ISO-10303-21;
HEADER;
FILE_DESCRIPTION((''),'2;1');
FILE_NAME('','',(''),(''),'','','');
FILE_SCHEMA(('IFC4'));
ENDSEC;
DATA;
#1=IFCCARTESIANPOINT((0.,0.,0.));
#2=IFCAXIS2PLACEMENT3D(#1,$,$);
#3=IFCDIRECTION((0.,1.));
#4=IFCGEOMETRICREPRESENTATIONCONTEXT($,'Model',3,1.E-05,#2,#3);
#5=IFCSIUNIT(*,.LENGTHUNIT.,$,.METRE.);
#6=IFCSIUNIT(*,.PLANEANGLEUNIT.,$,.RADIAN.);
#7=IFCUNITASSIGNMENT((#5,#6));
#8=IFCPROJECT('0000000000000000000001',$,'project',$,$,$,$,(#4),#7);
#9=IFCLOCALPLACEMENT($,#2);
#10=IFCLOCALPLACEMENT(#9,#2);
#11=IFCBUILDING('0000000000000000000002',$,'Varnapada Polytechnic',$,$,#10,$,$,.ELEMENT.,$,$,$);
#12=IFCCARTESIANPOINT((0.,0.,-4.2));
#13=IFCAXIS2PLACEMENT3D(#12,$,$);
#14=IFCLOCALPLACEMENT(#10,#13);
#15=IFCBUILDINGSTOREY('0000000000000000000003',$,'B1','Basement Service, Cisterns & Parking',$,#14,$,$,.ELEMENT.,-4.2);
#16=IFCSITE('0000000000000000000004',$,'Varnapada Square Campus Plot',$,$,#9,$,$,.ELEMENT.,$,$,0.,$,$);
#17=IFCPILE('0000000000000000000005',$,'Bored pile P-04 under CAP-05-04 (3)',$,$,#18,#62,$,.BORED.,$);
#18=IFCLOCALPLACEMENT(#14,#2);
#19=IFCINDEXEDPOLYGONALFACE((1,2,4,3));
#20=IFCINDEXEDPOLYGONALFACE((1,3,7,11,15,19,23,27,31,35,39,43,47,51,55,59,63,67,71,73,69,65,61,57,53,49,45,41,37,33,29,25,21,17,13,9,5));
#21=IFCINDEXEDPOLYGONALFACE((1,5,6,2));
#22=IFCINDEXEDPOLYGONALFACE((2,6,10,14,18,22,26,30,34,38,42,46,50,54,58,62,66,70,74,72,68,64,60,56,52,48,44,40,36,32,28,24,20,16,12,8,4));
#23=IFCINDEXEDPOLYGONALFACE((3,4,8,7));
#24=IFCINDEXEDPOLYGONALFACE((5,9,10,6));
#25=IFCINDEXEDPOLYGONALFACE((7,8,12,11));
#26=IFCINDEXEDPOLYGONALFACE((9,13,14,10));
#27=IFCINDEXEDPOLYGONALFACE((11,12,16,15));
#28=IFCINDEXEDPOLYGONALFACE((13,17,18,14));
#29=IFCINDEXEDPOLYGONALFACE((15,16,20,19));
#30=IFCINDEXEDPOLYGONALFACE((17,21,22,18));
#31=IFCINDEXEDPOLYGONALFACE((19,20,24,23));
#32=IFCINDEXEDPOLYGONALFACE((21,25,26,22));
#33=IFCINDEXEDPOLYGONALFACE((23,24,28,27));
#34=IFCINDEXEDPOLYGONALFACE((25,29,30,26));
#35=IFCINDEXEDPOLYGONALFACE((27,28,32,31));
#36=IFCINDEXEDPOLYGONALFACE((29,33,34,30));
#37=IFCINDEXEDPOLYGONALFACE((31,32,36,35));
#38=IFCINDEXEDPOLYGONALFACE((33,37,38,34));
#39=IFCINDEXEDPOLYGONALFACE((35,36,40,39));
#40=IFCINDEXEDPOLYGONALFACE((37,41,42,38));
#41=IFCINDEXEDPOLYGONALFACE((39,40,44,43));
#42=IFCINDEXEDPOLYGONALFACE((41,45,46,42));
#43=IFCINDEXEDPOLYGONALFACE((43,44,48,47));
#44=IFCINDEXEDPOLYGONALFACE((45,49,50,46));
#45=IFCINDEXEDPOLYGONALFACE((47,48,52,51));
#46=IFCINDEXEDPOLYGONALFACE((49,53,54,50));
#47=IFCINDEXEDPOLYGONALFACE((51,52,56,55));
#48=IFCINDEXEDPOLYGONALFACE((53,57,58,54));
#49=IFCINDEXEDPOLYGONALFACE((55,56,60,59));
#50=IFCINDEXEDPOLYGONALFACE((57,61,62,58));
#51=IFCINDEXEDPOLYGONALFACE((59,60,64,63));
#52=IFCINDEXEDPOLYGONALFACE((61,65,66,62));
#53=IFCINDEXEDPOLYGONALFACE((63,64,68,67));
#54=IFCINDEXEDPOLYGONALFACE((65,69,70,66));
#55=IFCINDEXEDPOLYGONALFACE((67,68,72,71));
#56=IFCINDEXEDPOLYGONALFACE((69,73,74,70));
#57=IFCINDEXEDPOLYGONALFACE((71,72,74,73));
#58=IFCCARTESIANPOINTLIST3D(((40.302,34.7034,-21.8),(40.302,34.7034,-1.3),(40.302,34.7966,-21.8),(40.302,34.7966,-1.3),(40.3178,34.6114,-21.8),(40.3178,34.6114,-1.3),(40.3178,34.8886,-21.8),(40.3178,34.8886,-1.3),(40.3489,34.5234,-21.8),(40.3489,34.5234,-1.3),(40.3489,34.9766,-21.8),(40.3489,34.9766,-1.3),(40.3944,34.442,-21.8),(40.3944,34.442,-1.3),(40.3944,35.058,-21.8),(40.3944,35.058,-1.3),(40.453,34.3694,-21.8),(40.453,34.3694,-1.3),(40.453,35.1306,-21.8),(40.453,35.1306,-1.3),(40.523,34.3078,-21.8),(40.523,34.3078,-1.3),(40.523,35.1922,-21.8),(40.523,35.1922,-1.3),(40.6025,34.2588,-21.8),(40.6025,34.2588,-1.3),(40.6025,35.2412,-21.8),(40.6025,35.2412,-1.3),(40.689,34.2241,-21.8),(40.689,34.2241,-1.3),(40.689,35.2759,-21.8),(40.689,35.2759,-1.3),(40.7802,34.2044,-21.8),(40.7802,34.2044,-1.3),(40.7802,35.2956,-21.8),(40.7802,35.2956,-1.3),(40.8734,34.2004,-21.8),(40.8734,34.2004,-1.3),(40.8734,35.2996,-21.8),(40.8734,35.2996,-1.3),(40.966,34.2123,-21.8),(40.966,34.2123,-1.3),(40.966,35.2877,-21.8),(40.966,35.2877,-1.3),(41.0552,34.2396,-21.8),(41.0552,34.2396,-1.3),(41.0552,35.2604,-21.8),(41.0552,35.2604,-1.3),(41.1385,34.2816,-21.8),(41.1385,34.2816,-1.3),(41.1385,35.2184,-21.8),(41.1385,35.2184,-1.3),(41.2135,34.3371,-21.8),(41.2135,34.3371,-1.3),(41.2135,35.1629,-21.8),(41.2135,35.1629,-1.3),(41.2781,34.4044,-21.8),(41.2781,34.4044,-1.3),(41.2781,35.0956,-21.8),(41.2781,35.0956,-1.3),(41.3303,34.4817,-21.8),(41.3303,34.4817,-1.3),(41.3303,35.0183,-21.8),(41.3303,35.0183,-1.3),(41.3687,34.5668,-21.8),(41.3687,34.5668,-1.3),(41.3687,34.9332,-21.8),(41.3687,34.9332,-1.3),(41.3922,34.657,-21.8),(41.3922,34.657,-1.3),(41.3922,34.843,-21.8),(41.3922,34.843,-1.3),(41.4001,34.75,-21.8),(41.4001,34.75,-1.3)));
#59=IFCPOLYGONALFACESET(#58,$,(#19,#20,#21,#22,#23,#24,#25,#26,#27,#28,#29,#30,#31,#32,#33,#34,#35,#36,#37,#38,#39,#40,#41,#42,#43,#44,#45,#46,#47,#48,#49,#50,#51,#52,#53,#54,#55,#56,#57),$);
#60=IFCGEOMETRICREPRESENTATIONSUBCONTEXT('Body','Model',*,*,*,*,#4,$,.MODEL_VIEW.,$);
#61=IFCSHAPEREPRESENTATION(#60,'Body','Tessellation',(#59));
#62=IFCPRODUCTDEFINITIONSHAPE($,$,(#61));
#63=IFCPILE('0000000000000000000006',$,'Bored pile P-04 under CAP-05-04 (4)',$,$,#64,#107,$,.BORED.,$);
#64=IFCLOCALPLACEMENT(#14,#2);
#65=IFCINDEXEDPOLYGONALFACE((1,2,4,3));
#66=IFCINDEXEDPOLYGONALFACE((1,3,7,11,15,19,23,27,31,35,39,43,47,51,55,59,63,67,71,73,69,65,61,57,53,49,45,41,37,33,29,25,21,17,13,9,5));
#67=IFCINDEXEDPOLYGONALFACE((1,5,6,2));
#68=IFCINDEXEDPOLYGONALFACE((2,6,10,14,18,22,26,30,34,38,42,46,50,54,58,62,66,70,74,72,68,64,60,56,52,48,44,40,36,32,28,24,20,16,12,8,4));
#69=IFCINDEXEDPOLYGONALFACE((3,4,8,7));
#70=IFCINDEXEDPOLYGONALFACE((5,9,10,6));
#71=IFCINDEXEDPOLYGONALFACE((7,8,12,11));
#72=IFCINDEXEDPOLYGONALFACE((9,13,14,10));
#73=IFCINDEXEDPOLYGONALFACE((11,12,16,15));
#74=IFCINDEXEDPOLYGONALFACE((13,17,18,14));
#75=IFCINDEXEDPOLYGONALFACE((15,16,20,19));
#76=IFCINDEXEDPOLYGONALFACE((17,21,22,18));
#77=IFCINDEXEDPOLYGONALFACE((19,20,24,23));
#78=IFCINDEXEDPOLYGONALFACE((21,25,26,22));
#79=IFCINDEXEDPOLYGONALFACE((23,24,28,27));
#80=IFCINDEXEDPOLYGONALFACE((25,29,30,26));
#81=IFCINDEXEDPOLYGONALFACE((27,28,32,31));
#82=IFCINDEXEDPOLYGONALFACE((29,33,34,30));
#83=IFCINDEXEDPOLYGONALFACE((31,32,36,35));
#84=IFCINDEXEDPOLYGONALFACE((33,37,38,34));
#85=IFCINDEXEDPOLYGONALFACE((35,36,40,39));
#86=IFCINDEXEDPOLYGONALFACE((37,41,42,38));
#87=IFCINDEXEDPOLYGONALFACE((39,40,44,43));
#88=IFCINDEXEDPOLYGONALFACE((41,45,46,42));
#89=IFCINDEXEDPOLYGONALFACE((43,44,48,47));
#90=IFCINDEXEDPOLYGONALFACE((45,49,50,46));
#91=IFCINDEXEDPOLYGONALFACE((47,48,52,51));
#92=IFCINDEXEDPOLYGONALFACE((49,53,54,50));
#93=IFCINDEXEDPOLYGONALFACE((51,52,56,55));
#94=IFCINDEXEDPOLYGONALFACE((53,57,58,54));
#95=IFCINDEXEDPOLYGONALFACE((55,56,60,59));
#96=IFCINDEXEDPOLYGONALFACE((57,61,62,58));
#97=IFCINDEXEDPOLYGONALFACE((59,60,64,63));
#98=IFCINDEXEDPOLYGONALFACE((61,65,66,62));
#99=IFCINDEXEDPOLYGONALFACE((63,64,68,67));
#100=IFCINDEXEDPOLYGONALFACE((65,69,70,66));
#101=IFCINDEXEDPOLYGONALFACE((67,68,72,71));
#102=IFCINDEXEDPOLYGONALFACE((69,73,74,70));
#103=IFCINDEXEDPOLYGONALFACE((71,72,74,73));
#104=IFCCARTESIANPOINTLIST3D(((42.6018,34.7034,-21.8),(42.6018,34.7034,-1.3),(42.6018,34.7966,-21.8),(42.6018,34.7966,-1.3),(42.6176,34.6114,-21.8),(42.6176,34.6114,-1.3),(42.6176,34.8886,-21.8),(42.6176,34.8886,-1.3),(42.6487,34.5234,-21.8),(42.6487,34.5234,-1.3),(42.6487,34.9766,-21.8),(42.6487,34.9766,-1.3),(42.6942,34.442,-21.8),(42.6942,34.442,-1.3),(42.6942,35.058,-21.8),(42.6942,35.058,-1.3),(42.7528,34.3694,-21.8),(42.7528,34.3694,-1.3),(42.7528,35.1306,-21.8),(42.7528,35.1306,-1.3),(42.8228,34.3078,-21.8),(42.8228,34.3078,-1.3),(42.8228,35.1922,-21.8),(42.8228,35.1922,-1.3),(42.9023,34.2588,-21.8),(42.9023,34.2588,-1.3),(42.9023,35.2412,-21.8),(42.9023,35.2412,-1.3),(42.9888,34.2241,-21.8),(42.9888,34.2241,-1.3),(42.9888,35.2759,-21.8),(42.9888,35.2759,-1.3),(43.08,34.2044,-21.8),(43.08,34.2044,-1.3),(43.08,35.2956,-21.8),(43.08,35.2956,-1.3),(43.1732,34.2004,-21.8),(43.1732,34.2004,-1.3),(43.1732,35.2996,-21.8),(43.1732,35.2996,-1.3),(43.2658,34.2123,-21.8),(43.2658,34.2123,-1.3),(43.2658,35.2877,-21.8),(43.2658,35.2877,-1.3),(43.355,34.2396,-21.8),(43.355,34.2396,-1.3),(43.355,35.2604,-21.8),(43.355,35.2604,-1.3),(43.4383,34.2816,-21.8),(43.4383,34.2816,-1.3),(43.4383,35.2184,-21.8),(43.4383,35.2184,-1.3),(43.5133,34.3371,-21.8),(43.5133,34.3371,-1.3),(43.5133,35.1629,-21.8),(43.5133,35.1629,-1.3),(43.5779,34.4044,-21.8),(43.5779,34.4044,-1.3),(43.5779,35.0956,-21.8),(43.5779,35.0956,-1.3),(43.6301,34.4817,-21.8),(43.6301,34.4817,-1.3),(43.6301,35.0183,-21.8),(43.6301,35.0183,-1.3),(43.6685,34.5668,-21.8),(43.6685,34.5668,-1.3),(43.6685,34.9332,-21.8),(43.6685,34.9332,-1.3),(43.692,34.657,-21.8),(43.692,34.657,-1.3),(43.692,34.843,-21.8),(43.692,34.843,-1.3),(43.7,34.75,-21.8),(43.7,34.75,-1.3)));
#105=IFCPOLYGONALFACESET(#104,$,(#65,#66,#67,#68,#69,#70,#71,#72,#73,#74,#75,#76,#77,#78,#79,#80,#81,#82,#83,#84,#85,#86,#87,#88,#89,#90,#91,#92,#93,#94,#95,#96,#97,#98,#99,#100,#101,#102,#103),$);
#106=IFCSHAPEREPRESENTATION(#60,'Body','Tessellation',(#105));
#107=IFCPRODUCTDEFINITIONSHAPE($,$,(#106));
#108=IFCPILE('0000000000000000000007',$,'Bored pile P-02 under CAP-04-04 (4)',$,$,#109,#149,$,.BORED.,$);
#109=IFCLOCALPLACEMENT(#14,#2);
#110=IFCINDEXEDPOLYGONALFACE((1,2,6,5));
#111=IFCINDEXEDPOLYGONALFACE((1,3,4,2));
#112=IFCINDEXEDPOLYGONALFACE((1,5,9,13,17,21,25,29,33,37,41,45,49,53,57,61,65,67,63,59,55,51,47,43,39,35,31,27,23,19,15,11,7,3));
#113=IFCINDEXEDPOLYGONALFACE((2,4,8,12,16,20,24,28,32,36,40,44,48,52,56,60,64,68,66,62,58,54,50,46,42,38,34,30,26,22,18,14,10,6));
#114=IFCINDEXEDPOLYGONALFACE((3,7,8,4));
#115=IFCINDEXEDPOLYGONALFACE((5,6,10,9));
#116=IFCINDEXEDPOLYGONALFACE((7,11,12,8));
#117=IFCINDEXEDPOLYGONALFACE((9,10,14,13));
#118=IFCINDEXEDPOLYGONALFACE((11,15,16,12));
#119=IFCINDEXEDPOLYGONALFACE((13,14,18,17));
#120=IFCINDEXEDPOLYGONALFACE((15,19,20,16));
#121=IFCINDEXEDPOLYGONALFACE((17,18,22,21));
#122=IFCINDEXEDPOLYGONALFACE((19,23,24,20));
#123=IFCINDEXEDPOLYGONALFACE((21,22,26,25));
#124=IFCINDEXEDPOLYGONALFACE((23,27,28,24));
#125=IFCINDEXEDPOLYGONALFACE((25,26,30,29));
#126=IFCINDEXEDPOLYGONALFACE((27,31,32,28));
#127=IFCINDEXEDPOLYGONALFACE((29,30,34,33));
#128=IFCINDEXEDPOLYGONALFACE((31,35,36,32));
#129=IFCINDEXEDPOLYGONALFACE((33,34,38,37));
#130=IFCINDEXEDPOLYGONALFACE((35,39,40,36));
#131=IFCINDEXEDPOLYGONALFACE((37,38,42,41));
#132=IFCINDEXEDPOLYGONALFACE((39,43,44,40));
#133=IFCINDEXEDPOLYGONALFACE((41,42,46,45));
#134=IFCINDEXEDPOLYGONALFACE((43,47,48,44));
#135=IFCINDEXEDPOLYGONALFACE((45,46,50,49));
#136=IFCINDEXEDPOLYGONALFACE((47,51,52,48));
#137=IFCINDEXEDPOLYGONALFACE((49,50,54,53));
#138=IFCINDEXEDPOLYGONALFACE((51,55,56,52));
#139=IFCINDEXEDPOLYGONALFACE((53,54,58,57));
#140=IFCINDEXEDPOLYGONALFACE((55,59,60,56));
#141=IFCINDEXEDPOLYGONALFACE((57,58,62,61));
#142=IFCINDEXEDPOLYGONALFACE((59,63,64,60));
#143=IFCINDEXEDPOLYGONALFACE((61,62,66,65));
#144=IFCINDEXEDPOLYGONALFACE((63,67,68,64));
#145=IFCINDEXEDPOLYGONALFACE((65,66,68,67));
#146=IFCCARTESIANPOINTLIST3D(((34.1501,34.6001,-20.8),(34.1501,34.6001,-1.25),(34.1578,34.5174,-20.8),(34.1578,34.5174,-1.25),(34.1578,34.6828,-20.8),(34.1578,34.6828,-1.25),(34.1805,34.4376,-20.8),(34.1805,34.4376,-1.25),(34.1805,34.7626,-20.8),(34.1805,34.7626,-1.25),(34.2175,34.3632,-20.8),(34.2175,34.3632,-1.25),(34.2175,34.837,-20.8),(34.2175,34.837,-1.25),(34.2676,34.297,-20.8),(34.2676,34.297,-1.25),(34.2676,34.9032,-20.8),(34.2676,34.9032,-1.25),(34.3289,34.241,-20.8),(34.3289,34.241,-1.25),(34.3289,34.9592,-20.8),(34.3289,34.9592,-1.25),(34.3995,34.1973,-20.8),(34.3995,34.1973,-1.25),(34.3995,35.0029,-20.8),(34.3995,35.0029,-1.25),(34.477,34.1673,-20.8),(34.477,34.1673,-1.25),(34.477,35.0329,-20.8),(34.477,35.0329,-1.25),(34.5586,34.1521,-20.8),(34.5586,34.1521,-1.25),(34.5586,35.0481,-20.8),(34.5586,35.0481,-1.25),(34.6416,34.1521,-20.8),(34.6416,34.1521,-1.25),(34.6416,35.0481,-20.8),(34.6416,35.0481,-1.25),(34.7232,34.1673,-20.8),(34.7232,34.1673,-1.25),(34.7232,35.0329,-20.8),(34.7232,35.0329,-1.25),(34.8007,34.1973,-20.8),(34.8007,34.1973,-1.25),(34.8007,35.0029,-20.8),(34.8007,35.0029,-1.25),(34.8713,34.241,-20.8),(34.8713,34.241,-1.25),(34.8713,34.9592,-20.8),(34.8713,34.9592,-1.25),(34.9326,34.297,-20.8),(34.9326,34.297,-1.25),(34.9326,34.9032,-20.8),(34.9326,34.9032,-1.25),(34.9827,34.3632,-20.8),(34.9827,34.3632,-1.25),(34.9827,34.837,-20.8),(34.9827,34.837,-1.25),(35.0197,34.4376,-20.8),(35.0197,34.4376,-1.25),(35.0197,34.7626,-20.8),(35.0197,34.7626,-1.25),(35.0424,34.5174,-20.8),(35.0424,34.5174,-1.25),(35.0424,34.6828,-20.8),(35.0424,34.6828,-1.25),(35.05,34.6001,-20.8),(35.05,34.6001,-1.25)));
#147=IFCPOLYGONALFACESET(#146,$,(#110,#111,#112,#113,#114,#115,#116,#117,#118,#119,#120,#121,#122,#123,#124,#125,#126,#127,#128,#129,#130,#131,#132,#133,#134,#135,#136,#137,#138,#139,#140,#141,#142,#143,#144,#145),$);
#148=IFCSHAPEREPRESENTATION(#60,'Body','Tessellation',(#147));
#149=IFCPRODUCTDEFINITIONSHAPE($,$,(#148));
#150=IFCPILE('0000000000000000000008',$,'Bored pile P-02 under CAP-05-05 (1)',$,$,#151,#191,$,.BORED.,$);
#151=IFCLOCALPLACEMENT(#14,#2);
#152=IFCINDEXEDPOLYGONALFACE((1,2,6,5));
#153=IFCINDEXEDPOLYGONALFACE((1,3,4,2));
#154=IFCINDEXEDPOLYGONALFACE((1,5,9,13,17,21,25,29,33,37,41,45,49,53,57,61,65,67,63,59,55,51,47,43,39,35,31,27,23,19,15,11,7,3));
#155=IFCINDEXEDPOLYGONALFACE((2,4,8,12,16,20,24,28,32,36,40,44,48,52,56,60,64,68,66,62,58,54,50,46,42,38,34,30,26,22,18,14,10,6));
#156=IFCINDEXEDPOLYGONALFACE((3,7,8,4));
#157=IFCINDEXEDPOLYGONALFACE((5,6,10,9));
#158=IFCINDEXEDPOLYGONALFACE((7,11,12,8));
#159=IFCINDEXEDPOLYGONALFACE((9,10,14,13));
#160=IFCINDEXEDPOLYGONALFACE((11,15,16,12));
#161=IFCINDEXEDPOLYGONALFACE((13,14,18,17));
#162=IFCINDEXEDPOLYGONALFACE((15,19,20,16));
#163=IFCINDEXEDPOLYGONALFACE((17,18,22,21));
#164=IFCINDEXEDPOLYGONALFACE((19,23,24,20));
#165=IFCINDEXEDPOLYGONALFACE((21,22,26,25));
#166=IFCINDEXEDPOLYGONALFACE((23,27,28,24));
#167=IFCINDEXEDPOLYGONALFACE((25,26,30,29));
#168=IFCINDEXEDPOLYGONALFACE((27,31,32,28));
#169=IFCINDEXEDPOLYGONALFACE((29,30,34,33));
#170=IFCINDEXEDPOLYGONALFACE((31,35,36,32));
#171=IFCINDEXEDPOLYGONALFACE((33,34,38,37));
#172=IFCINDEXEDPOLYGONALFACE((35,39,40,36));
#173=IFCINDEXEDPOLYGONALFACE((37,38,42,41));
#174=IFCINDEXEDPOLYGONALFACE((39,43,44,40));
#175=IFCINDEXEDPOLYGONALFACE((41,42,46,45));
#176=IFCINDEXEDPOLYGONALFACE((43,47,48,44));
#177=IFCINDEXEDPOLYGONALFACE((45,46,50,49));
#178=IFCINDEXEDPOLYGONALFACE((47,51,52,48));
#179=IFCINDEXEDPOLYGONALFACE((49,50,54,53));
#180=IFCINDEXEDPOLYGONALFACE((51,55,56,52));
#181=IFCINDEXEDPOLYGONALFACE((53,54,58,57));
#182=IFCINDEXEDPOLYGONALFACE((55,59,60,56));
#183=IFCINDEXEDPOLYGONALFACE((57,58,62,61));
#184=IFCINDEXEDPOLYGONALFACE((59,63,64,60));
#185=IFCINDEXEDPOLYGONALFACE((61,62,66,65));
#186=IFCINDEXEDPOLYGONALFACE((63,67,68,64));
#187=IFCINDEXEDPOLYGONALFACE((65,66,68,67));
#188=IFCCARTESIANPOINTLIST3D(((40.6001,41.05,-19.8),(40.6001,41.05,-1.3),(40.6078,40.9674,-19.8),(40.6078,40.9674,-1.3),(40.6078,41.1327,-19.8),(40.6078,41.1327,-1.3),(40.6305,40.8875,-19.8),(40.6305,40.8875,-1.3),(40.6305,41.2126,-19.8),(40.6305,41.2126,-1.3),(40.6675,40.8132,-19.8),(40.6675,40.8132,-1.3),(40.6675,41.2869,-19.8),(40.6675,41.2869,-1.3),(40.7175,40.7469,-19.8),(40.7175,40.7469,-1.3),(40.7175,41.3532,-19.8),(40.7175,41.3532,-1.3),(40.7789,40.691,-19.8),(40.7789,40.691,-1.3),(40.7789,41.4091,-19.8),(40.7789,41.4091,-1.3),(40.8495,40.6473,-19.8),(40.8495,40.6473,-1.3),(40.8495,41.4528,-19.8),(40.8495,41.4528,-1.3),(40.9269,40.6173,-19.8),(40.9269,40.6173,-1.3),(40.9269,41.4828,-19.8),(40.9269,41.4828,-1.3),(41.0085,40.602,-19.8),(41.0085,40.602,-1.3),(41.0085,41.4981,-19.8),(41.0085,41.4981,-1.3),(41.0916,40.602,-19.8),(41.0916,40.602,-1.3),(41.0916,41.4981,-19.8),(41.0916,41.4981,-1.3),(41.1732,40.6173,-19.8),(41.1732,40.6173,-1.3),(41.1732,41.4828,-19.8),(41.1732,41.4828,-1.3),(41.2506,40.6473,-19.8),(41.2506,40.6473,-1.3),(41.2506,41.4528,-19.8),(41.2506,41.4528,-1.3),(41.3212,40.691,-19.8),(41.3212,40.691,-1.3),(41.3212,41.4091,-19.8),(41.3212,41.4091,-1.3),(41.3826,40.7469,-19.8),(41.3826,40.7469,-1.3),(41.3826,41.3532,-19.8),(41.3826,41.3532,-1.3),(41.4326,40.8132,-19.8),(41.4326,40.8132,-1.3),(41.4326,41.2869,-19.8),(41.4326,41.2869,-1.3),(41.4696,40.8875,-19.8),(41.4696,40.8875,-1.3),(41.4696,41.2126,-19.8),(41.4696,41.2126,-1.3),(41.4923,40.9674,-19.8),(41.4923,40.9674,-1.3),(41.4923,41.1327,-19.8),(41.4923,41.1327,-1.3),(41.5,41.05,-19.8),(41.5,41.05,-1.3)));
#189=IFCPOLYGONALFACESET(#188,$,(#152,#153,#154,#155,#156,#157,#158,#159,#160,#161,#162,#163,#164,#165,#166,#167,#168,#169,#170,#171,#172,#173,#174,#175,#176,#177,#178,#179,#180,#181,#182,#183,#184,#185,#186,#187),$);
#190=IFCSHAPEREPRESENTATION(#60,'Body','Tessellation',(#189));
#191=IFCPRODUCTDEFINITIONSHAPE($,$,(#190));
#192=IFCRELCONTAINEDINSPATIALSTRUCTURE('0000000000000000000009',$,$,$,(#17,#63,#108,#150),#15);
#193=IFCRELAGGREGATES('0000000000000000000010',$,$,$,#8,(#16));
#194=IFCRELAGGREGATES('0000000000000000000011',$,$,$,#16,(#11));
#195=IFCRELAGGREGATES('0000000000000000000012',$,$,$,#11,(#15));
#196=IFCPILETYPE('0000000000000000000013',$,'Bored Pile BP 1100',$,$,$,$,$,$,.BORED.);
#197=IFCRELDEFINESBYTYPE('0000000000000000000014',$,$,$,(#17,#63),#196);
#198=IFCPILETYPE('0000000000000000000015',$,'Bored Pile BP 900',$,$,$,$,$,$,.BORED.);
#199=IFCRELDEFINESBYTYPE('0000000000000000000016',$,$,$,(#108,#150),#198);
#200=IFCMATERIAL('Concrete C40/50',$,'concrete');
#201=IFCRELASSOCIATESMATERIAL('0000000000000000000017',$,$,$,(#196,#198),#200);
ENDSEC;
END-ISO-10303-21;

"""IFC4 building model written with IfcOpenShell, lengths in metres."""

from ifc_helpers import new_model, si_unit, direction, frame, origin, origin_2d, place, context, subcontext, project, spatial, circle, extrude, material, material_profile, profile_set, type_object, element, save


model = new_model("IFC4")

# Units and contexts
model_context = context("Model", 3, precision=1e-05, world=origin(), true_north=direction((0.0, 1.0)))
body_context = subcontext(model_context, "Body", "Model", "MODEL_VIEW")
ifc_project = project(units=[si_unit("LENGTHUNIT", "METRE"), si_unit("PLANEANGLEUNIT", "RADIAN")], contexts=[model_context])

# Site, building, storey
site_placement = place(None, origin())
site = spatial("IfcSite", under=ifc_project, at=site_placement, Name="Varnapada Square Campus Plot", CompositionType="ELEMENT", RefElevation=0.0)
building_placement = place(site_placement, origin())
building = spatial("IfcBuilding", under=site, at=building_placement, Name="Varnapada Polytechnic", CompositionType="ELEMENT")
storey_placement = place(building_placement, frame((0.0, 0.0, -4.2)))
storey = spatial("IfcBuildingStorey", under=building, at=storey_placement, Name="B1", Description="Basement Service, Cisterns & Parking", CompositionType="ELEMENT", Elevation=-4.2)

# Piles
ifc_material_1 = material(Name="Concrete C40/50", Category="concrete")
ifc_material_profile_1 = material_profile(ifc_material_1, circle(Radius=0.55, at=origin_2d()), Name="BP 1100")
ifc_profile_set_1 = profile_set([ifc_material_profile_1], Name="Concrete C40/50")
pile_type_1 = type_object("IfcPileType", Name="Bored Pile BP 1100", PredefinedType="BORED", material=ifc_profile_set_1)
for number, where, z_axis, x_axis, name in (
    (1, (40.8501, 34.75, -1.3), (0.0, 0.0, -1.0), (1.0, 0.0, 0.0), "Bored pile P-04 under CAP-05-04 (3)"),
    (2, (43.1499, 34.75, -1.3), (0.0, 0.0, -1.0), (1.0, 0.0, 0.0), "Bored pile P-04 under CAP-05-04 (4)"),
):
    element("IfcPile", number, at=place(storey_placement, frame(where, z_axis=z_axis, x_axis=x_axis)), inside=storey, type_object=pile_type_1, Name=name, PredefinedType="BORED", context=body_context, shape_type="SweptSolid", body=[
        extrude(circle(Radius=0.55, at=origin_2d()), origin(), (0.0, 0.0, 1.0), 20.5),
    ])
ifc_material_profile_2 = material_profile(ifc_material_1, circle(Radius=0.45, at=origin_2d()), Name="BP 900")
ifc_profile_set_2 = profile_set([ifc_material_profile_2], Name="Concrete C40/50")
pile_type_2 = type_object("IfcPileType", Name="Bored Pile BP 900", PredefinedType="BORED", material=ifc_profile_set_2)
pile_1_placement = place(storey_placement, frame((34.6001, 34.6001, -1.25), z_axis=(0.0, 0.0, -1.0), x_axis=(1.0, 0.0, 0.0)))
element("IfcPile", 3, at=pile_1_placement, inside=storey, type_object=pile_type_2, Name="Bored pile P-02 under CAP-04-04 (4)", PredefinedType="BORED", context=body_context, shape_type="SweptSolid", body=[
    extrude(circle(Radius=0.45, at=origin_2d()), origin(), (0.0, 0.0, 1.0), 19.55),
])
for number, where, z_axis, x_axis, name in (
    (4, (41.05, 41.05, -1.3), (0.0, 0.0, -1.0), (1.0, 0.0, 0.0), "Bored pile P-02 under CAP-05-05 (1)"),
):
    element("IfcPile", number, at=place(storey_placement, frame(where, z_axis=z_axis, x_axis=x_axis)), inside=storey, type_object=pile_type_2, Name=name, PredefinedType="BORED", context=body_context, shape_type="SweptSolid", body=[
        extrude(circle(Radius=0.45, at=origin_2d()), origin(), (0.0, 0.0, 1.0), 18.5),
    ])

save(model, "model.ifc")
